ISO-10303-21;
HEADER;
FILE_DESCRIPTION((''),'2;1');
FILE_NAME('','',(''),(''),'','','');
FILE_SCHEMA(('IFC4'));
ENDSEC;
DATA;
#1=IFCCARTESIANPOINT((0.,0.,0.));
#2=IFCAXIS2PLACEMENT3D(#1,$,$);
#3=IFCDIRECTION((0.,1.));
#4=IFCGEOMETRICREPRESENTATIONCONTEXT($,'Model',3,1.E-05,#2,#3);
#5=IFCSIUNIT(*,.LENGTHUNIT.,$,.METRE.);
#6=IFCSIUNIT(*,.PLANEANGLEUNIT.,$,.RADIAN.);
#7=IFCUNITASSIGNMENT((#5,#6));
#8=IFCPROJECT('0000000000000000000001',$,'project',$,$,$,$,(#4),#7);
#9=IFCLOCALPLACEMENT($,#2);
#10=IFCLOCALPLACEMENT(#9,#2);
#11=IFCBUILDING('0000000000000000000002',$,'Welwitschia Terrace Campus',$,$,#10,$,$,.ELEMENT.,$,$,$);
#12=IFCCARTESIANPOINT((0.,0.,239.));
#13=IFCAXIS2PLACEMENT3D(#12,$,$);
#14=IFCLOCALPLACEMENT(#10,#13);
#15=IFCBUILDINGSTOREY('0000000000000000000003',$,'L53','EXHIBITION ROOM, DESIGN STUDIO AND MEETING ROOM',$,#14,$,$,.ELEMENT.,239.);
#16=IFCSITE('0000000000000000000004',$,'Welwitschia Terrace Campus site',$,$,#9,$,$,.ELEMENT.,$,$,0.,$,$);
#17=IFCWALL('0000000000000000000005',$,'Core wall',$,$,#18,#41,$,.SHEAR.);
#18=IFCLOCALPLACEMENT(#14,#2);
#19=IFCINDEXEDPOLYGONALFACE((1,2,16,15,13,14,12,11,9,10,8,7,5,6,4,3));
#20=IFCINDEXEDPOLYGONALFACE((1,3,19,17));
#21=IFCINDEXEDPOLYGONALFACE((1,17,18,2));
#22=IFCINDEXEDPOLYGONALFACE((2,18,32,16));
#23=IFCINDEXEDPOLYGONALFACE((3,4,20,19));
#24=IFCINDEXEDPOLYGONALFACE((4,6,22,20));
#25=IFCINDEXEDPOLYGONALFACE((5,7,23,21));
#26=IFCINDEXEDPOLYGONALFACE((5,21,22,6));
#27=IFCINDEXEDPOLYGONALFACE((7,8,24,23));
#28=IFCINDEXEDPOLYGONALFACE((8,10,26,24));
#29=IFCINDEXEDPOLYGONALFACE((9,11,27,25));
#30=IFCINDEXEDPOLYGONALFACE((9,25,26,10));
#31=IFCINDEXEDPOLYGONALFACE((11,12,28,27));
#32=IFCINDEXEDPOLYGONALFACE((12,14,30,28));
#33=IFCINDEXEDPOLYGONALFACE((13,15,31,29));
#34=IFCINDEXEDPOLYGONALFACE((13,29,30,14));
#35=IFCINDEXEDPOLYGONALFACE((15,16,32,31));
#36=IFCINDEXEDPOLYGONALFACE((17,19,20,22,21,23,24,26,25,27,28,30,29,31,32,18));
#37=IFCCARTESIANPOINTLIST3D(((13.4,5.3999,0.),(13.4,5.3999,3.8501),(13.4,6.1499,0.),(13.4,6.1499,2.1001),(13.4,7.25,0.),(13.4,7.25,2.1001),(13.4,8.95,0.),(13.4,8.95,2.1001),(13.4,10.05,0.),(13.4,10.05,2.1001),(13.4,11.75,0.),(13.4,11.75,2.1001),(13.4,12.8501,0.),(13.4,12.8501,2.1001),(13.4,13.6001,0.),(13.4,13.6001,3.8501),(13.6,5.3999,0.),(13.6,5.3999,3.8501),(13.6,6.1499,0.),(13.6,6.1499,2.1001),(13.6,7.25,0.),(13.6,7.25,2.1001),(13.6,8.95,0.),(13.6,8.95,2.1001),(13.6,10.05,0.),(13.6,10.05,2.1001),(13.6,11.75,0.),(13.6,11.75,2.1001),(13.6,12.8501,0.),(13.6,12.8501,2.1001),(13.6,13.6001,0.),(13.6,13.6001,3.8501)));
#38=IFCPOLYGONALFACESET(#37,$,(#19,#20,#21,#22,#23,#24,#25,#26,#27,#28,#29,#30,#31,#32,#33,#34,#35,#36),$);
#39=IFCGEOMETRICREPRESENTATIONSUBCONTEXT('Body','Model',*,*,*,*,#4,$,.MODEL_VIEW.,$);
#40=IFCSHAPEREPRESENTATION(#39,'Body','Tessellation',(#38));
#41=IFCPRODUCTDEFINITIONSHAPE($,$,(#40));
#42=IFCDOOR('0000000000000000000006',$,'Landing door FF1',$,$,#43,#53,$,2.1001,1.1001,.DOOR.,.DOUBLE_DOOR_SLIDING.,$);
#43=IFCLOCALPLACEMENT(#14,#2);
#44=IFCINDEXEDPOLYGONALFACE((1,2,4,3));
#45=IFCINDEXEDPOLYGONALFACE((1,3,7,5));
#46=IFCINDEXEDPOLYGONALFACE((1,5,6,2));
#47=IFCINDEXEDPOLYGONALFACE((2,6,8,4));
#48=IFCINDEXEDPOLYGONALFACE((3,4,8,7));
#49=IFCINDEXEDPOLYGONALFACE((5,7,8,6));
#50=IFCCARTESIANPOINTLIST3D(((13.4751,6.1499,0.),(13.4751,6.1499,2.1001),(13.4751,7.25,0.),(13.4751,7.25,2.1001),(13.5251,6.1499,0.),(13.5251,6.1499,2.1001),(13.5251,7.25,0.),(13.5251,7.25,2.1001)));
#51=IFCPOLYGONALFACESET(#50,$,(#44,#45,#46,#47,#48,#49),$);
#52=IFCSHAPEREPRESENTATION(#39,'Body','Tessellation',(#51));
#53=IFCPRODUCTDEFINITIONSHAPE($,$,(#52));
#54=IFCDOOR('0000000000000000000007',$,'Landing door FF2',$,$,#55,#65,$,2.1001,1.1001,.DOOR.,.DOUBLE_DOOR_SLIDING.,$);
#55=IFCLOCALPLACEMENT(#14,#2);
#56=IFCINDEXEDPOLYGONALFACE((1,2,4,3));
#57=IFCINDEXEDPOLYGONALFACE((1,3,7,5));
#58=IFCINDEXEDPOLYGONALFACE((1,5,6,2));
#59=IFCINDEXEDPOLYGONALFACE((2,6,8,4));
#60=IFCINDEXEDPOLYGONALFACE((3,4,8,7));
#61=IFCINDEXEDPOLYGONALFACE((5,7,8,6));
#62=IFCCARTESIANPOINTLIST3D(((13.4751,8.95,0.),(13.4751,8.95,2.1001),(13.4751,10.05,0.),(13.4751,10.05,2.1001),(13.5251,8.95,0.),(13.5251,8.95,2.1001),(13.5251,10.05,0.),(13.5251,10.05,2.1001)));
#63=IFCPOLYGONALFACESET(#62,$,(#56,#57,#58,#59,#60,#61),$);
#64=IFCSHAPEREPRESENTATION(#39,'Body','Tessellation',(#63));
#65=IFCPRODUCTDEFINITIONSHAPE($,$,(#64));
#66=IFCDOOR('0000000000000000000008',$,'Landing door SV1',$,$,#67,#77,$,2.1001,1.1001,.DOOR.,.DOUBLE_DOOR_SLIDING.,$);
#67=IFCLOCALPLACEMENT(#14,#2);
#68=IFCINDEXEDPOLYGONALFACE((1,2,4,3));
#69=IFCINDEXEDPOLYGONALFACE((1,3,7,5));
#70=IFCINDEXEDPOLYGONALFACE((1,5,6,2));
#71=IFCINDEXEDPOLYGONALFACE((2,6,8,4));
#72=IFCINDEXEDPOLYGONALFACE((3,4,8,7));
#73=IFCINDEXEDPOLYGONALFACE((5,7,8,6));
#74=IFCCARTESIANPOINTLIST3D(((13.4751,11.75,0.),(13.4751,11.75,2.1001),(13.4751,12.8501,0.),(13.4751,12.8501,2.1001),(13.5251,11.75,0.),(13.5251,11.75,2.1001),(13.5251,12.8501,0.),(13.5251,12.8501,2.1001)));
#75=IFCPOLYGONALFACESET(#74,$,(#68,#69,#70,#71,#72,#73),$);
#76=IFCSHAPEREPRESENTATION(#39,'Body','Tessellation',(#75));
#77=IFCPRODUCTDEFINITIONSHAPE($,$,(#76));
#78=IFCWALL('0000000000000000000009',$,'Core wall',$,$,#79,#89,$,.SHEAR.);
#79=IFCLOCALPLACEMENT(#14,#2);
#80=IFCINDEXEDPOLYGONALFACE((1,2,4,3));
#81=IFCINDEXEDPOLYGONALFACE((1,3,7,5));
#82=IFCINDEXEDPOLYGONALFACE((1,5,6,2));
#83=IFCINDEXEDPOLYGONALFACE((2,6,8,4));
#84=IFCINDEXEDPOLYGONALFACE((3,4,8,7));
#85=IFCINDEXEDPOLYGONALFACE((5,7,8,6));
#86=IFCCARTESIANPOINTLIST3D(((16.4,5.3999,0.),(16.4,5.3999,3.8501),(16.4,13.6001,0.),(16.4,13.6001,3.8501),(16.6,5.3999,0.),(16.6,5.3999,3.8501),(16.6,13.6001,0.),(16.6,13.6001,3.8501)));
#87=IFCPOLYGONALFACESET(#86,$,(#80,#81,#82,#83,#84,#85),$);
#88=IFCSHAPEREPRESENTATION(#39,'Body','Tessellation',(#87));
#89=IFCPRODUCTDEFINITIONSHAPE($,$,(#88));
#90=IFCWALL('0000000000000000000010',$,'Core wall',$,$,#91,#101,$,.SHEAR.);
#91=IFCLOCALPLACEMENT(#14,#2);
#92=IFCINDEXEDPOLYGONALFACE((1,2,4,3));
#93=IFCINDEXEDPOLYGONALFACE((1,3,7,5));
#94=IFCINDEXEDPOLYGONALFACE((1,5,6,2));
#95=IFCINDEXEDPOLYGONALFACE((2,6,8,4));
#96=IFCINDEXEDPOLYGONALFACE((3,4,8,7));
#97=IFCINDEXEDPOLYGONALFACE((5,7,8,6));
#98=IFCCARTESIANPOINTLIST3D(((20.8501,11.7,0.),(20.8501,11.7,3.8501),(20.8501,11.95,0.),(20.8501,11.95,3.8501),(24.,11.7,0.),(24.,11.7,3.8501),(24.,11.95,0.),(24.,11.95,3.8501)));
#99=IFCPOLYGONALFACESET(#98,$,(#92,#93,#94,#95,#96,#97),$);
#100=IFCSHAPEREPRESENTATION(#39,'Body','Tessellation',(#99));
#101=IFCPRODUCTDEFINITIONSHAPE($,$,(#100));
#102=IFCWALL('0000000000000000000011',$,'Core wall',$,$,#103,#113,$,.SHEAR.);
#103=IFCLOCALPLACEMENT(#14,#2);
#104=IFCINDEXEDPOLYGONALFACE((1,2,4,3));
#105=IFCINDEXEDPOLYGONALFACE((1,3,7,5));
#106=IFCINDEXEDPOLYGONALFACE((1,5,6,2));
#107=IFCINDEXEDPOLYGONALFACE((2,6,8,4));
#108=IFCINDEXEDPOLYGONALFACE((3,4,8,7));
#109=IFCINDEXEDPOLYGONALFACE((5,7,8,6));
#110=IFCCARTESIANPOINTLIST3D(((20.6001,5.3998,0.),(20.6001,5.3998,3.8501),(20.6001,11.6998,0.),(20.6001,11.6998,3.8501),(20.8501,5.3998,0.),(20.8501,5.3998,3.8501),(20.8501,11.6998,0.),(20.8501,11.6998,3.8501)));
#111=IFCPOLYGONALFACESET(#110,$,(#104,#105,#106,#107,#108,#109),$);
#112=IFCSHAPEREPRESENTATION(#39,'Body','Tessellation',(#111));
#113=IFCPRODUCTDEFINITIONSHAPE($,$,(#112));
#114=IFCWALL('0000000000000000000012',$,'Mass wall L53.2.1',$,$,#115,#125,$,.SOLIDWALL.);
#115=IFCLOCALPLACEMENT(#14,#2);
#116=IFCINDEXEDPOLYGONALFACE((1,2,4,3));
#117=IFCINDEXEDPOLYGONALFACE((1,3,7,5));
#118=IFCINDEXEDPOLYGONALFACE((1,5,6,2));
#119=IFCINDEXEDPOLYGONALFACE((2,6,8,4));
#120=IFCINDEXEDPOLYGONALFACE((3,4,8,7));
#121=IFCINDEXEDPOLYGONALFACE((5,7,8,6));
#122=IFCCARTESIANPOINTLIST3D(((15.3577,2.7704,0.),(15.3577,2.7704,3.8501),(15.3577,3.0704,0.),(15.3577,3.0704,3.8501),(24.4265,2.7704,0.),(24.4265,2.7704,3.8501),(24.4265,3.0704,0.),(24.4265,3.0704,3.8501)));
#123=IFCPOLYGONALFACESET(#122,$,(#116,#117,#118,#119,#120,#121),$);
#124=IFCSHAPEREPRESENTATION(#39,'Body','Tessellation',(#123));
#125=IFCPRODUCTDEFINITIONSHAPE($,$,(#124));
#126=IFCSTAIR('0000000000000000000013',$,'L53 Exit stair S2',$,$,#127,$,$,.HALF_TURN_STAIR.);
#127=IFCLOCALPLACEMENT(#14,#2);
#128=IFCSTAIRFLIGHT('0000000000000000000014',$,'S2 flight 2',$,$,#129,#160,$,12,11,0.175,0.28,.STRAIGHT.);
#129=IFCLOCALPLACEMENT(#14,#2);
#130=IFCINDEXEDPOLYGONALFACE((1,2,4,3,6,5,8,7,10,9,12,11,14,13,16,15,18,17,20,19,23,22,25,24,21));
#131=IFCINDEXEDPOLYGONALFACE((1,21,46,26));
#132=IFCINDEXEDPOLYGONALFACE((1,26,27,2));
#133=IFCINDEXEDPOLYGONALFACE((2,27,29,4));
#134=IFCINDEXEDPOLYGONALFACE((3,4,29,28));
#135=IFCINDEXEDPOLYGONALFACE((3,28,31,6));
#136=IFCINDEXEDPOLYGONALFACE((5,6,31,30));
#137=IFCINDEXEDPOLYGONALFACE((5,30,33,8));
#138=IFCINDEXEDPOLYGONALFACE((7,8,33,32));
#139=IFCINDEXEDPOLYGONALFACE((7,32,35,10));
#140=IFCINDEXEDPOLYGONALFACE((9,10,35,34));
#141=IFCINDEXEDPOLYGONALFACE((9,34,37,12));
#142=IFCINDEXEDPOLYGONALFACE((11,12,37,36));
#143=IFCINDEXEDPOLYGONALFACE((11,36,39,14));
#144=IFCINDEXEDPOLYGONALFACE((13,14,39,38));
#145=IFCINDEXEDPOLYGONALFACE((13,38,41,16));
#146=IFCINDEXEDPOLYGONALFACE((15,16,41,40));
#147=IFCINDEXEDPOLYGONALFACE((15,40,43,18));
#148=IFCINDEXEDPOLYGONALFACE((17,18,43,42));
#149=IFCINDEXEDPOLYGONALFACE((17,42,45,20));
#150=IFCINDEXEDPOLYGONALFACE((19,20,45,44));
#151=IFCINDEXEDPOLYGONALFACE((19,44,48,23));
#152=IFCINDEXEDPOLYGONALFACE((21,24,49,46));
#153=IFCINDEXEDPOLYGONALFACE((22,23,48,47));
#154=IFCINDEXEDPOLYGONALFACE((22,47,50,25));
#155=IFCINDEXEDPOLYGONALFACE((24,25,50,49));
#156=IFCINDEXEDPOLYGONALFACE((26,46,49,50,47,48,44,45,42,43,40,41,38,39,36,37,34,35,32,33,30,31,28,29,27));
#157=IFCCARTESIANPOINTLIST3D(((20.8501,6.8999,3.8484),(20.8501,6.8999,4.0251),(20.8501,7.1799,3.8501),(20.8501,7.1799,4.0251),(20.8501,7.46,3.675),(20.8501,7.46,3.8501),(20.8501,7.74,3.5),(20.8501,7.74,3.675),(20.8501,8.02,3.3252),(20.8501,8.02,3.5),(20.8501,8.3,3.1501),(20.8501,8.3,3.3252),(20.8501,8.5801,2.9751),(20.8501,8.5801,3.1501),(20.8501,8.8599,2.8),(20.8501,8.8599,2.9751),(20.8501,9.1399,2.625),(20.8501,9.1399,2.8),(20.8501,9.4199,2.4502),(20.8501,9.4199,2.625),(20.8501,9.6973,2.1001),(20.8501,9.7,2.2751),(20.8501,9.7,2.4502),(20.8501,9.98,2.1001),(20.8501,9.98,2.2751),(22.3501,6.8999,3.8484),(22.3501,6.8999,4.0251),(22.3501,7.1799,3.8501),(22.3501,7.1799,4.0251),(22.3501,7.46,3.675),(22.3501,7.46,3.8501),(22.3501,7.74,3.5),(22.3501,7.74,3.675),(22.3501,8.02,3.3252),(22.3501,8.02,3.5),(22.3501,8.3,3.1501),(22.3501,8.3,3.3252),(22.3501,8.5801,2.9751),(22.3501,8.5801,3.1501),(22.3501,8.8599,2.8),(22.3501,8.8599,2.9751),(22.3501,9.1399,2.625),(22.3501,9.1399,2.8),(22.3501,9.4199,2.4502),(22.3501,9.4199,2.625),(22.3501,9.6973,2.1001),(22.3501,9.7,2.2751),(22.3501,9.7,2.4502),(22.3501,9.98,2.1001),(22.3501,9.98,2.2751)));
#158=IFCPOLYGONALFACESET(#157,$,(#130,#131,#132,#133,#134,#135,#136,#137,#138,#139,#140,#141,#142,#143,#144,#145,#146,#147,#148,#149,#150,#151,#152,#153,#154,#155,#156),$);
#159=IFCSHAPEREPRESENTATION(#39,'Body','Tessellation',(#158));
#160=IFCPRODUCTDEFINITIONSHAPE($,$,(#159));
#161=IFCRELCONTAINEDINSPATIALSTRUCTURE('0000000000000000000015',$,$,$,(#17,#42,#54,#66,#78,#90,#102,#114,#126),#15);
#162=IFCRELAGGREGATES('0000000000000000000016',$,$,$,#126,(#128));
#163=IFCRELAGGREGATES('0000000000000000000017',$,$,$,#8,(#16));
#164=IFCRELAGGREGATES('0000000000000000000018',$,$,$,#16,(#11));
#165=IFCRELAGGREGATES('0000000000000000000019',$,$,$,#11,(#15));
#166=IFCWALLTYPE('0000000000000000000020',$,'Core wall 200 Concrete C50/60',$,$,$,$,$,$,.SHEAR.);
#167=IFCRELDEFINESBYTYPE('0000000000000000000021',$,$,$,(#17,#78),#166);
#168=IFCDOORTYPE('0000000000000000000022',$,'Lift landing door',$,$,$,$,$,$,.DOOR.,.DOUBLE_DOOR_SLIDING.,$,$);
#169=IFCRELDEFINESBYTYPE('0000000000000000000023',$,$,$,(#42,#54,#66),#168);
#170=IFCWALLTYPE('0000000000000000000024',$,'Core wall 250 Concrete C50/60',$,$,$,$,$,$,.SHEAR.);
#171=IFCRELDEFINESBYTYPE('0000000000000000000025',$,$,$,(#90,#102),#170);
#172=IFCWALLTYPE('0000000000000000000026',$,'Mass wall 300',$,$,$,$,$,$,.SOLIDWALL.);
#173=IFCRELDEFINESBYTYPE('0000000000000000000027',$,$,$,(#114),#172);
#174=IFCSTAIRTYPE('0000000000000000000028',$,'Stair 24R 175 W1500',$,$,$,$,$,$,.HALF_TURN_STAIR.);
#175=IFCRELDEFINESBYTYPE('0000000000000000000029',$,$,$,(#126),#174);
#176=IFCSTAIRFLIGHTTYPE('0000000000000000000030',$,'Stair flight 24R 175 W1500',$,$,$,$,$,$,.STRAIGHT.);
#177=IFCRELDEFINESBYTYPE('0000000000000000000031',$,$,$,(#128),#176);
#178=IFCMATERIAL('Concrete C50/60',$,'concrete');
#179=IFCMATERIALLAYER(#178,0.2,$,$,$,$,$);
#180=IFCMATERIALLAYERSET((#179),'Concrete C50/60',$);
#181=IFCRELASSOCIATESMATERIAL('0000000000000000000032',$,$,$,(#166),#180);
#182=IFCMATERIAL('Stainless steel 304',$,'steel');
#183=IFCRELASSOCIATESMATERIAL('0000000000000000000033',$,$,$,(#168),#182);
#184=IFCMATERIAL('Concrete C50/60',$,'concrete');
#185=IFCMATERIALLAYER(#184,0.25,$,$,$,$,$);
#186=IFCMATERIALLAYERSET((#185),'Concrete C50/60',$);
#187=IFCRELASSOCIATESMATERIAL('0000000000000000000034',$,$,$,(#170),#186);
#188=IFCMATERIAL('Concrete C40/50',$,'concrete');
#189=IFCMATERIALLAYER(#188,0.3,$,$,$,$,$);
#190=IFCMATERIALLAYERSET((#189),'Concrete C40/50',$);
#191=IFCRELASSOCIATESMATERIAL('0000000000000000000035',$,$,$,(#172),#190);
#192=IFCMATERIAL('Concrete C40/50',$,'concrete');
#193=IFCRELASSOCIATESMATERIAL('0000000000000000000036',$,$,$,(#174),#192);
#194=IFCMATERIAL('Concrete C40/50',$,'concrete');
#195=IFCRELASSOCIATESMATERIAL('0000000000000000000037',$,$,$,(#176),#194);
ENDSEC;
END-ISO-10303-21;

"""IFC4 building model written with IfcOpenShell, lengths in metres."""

from ifc_helpers import new_model, si_unit, direction, frame, frame_2d, origin, place, context, subcontext, project, spatial, polyline, rectangle, outline, extrude, material, layer, layer_set, type_object, element, fill, aggregate, save


model = new_model("IFC4")

# Units and contexts
model_context = context("Model", 3, precision=1e-05, world=origin(), true_north=direction((0.0, 1.0)))
body_context = subcontext(model_context, "Body", "Model", "MODEL_VIEW")
ifc_project = project(units=[si_unit("LENGTHUNIT", "METRE"), si_unit("PLANEANGLEUNIT", "RADIAN")], contexts=[model_context])

# Site, building, storey
site_placement = place(None, origin())
site = spatial("IfcSite", under=ifc_project, at=site_placement, Name="Welwitschia Terrace Campus site", CompositionType="ELEMENT", RefElevation=0.0)
building_placement = place(site_placement, origin())
building = spatial("IfcBuilding", under=site, at=building_placement, Name="Welwitschia Terrace Campus", CompositionType="ELEMENT")
storey_placement = place(building_placement, frame((0.0, 0.0, 239.0)))
storey = spatial("IfcBuildingStorey", under=building, at=storey_placement, Name="L53", Description="EXHIBITION ROOM, DESIGN STUDIO AND MEETING ROOM", CompositionType="ELEMENT", Elevation=239.0)

# Shared definitions
ifc_material_1 = material(Name="Concrete C50/60", Category="concrete")
ifc_layer_1 = layer(ifc_material_1, 0.2)
ifc_layer_set_1 = layer_set([ifc_layer_1], Name="Concrete C50/60")
wall_type_1 = type_object("IfcWallType", Name="Core wall 200 Concrete C50/60", PredefinedType="SHEAR", material=ifc_layer_set_1)

# Wall, openings, doors
wall_1_placement = place(storey_placement, frame((13.5, 5.3999, 0.0), z_axis=(0.0, 0.0, 1.0), x_axis=(0.0, 1.0, 0.0)))
wall_1 = element("IfcWall", 1, at=wall_1_placement, inside=storey, type_object=wall_type_1, Name="Core wall", PredefinedType="SHEAR", context=body_context, shape_type="SweptSolid", body=[
    extrude(rectangle(XDim=8.2002, YDim=0.2, at=frame_2d((4.1001, 0.0))), origin(), (0.0, 0.0, 1.0), 3.8501),
])
opening_1_placement = place(wall_1_placement, frame((0.75, 0.0, 0.0)))
opening_1 = element("IfcOpeningElement", 2, at=opening_1_placement, cuts=wall_1, PredefinedType="OPENING", context=body_context, shape_type="SweptSolid", body=[
    extrude(rectangle(XDim=1.1001, YDim=2.1001, at=frame_2d((0.55, 1.05))), frame((0.0, 0.1099, 0.0), z_axis=(0.0, -1.0, 0.0), x_axis=(1.0, 0.0, 0.0)), (0.0, 0.0, 1.0), 0.22),
])
opening_2_placement = place(wall_1_placement, frame((3.55, 0.0, 0.0)))
opening_2 = element("IfcOpeningElement", 3, at=opening_2_placement, cuts=wall_1, PredefinedType="OPENING", context=body_context, shape_type="SweptSolid", body=[
    extrude(rectangle(XDim=1.1001, YDim=2.1001, at=frame_2d((0.55, 1.05))), frame((0.0, 0.1099, 0.0), z_axis=(0.0, -1.0, 0.0), x_axis=(1.0, 0.0, 0.0)), (0.0, 0.0, 1.0), 0.22),
])
opening_3_placement = place(wall_1_placement, frame((6.3501, 0.0, 0.0)))
opening_3 = element("IfcOpeningElement", 4, at=opening_3_placement, cuts=wall_1, PredefinedType="OPENING", context=body_context, shape_type="SweptSolid", body=[
    extrude(rectangle(XDim=1.1001, YDim=2.1001, at=frame_2d((0.55, 1.05))), frame((0.0, 0.1099, 0.0), z_axis=(0.0, -1.0, 0.0), x_axis=(1.0, 0.0, 0.0)), (0.0, 0.0, 1.0), 0.22),
])
ifc_material_2 = material(Name="Stainless steel 304", Category="steel")
door_type = type_object("IfcDoorType", Name="Lift landing door", OperationType="DOUBLE_DOOR_SLIDING", PredefinedType="DOOR", material=ifc_material_2)
door_1_placement = place(opening_1_placement, origin())
door_1 = element("IfcDoor", 5, at=door_1_placement, inside=storey, type_object=door_type, Name="Landing door FF1", OperationType="DOUBLE_DOOR_SLIDING", OverallHeight=2.1001, OverallWidth=1.1001, PredefinedType="DOOR", context=body_context, shape_type="SweptSolid", body=[
    extrude(rectangle(XDim=1.1001, YDim=2.1001, at=frame_2d((0.55, 1.05))), frame((0.0, 0.0249, 0.0), z_axis=(0.0, -1.0, 0.0), x_axis=(1.0, 0.0, 0.0)), (0.0, 0.0, 1.0), 0.05),
])
fill(opening_1, door_1)
door_2_placement = place(opening_2_placement, origin())
door_2 = element("IfcDoor", 6, at=door_2_placement, inside=storey, type_object=door_type, Name="Landing door FF2", OperationType="DOUBLE_DOOR_SLIDING", OverallHeight=2.1001, OverallWidth=1.1001, PredefinedType="DOOR", context=body_context, shape_type="SweptSolid", body=[
    extrude(rectangle(XDim=1.1001, YDim=2.1001, at=frame_2d((0.55, 1.05))), frame((0.0, 0.0249, 0.0), z_axis=(0.0, -1.0, 0.0), x_axis=(1.0, 0.0, 0.0)), (0.0, 0.0, 1.0), 0.05),
])
fill(opening_2, door_2)
door_3_placement = place(opening_3_placement, origin())
door_3 = element("IfcDoor", 7, at=door_3_placement, inside=storey, type_object=door_type, Name="Landing door SV1", OperationType="DOUBLE_DOOR_SLIDING", OverallHeight=2.1001, OverallWidth=1.1001, PredefinedType="DOOR", context=body_context, shape_type="SweptSolid", body=[
    extrude(rectangle(XDim=1.1001, YDim=2.1001, at=frame_2d((0.55, 1.05))), frame((0.0, 0.0249, 0.0), z_axis=(0.0, -1.0, 0.0), x_axis=(1.0, 0.0, 0.0)), (0.0, 0.0, 1.0), 0.05),
])
fill(opening_3, door_3)

# Walls
wall_2_placement = place(storey_placement, frame((16.5, 5.3999, 0.0), z_axis=(0.0, 0.0, 1.0), x_axis=(0.0, 1.0, 0.0)))
element("IfcWall", 8, at=wall_2_placement, inside=storey, type_object=wall_type_1, Name="Core wall", PredefinedType="SHEAR", context=body_context, shape_type="SweptSolid", body=[
    extrude(rectangle(XDim=8.2002, YDim=0.2, at=frame_2d((4.1001, 0.0))), origin(), (0.0, 0.0, 1.0), 3.8501),
])
ifc_material_3 = material(Name="Concrete C50/60", Category="concrete")
ifc_layer_2 = layer(ifc_material_3, 0.25)
ifc_layer_set_2 = layer_set([ifc_layer_2], Name="Concrete C50/60")
wall_type_2 = type_object("IfcWallType", Name="Core wall 250 Concrete C50/60", PredefinedType="SHEAR", material=ifc_layer_set_2)
wall_3_placement = place(storey_placement, frame((20.8501, 11.825, 0.0), z_axis=(0.0, 0.0, 1.0), x_axis=(1.0, 0.0, 0.0)))
element("IfcWall", 9, at=wall_3_placement, inside=storey, type_object=wall_type_2, Name="Core wall", PredefinedType="SHEAR", context=body_context, shape_type="SweptSolid", body=[
    extrude(rectangle(XDim=3.1499, YDim=0.25, at=frame_2d((1.575, 0.0))), origin(), (0.0, 0.0, 1.0), 3.8501),
])
wall_4_placement = place(storey_placement, frame((20.7251, 5.3999, 0.0), z_axis=(0.0, 0.0, 1.0), x_axis=(0.0, 1.0, 0.0)))
element("IfcWall", 10, at=wall_4_placement, inside=storey, type_object=wall_type_2, Name="Core wall", PredefinedType="SHEAR", context=body_context, shape_type="SweptSolid", body=[
    extrude(rectangle(XDim=6.3, YDim=0.25, at=frame_2d((3.1499, 0.0))), origin(), (0.0, 0.0, 1.0), 3.8501),
])
ifc_material_4 = material(Name="Concrete C40/50", Category="concrete")
ifc_layer_3 = layer(ifc_material_4, 0.3)
ifc_layer_set_3 = layer_set([ifc_layer_3], Name="Concrete C40/50")
wall_type_3 = type_object("IfcWallType", Name="Mass wall 300", PredefinedType="SOLIDWALL", material=ifc_layer_set_3)
wall_5_placement = place(storey_placement, frame((15.3577, 2.9204, 0.0), z_axis=(0.0, 0.0, 1.0), x_axis=(1.0, 0.0, 0.0)))
element("IfcWall", 11, at=wall_5_placement, inside=storey, type_object=wall_type_3, Name="Mass wall L53.2.1", PredefinedType="SOLIDWALL", context=body_context, shape_type="SweptSolid", body=[
    extrude(rectangle(XDim=9.0688, YDim=0.3, at=frame_2d((4.5344, 0.0))), origin(), (0.0, 0.0, 1.0), 3.8501),
])

# Stair, stair flight
ifc_material_5 = material(Name="Concrete C40/50", Category="concrete")
stair_type = type_object("IfcStairType", Name="Stair 24R 175 W1500", PredefinedType="HALF_TURN_STAIR", material=ifc_material_5)
stair_placement = place(storey_placement, origin())
stair = element("IfcStair", 12, at=stair_placement, inside=storey, type_object=stair_type, Name="L53 Exit stair S2", PredefinedType="HALF_TURN_STAIR")
ifc_material_6 = material(Name="Concrete C40/50", Category="concrete")
stair_flight_type = type_object("IfcStairFlightType", Name="Stair flight 24R 175 W1500", PredefinedType="STRAIGHT", material=ifc_material_6)
stair_flight_placement = place(storey_placement, frame((21.6001, 9.98, 2.1001), z_axis=(0.0, 0.0, 1.0), x_axis=(0.0, -1.0, 0.0)))
stair_flight = element("IfcStairFlight", 13, at=stair_flight_placement, type_object=stair_flight_type, Name="S2 flight 2", NumberOfRisers=12, NumberOfTreads=11, PredefinedType="STRAIGHT", RiserHeight=0.175, TreadLength=0.28, context=body_context, shape_type="SweptSolid", body=[
    extrude(outline(polyline([(0.0, 0.0), (0.0, 0.175), (0.28, 0.175), (0.28, 0.3501), (0.5601, 0.3501), (0.5601, 0.5249), (0.8401, 0.5249), (0.8401, 0.7), (1.1201, 0.7), (1.1201, 0.875), (1.3999, 0.875), (1.3999, 1.05), (1.6799, 1.05), (1.6799, 1.2251), (1.96, 1.2251), (1.96, 1.3999), (2.24, 1.3999), (2.24, 1.575), (2.52, 1.575), (2.52, 1.75), (2.8, 1.75), (2.8, 1.925), (3.0801, 1.925), (3.0801, 2.1001), (3.0801, 1.7483), (0.2827, 0.0), (0.0, 0.0)])), frame((0.0, 0.75, 0.0), z_axis=(0.0, -1.0, 0.0), x_axis=(1.0, 0.0, 0.0)), (0.0, 0.0, 1.0), 1.5),
])
aggregate(stair, [stair_flight])

save(model, "model.ifc")
